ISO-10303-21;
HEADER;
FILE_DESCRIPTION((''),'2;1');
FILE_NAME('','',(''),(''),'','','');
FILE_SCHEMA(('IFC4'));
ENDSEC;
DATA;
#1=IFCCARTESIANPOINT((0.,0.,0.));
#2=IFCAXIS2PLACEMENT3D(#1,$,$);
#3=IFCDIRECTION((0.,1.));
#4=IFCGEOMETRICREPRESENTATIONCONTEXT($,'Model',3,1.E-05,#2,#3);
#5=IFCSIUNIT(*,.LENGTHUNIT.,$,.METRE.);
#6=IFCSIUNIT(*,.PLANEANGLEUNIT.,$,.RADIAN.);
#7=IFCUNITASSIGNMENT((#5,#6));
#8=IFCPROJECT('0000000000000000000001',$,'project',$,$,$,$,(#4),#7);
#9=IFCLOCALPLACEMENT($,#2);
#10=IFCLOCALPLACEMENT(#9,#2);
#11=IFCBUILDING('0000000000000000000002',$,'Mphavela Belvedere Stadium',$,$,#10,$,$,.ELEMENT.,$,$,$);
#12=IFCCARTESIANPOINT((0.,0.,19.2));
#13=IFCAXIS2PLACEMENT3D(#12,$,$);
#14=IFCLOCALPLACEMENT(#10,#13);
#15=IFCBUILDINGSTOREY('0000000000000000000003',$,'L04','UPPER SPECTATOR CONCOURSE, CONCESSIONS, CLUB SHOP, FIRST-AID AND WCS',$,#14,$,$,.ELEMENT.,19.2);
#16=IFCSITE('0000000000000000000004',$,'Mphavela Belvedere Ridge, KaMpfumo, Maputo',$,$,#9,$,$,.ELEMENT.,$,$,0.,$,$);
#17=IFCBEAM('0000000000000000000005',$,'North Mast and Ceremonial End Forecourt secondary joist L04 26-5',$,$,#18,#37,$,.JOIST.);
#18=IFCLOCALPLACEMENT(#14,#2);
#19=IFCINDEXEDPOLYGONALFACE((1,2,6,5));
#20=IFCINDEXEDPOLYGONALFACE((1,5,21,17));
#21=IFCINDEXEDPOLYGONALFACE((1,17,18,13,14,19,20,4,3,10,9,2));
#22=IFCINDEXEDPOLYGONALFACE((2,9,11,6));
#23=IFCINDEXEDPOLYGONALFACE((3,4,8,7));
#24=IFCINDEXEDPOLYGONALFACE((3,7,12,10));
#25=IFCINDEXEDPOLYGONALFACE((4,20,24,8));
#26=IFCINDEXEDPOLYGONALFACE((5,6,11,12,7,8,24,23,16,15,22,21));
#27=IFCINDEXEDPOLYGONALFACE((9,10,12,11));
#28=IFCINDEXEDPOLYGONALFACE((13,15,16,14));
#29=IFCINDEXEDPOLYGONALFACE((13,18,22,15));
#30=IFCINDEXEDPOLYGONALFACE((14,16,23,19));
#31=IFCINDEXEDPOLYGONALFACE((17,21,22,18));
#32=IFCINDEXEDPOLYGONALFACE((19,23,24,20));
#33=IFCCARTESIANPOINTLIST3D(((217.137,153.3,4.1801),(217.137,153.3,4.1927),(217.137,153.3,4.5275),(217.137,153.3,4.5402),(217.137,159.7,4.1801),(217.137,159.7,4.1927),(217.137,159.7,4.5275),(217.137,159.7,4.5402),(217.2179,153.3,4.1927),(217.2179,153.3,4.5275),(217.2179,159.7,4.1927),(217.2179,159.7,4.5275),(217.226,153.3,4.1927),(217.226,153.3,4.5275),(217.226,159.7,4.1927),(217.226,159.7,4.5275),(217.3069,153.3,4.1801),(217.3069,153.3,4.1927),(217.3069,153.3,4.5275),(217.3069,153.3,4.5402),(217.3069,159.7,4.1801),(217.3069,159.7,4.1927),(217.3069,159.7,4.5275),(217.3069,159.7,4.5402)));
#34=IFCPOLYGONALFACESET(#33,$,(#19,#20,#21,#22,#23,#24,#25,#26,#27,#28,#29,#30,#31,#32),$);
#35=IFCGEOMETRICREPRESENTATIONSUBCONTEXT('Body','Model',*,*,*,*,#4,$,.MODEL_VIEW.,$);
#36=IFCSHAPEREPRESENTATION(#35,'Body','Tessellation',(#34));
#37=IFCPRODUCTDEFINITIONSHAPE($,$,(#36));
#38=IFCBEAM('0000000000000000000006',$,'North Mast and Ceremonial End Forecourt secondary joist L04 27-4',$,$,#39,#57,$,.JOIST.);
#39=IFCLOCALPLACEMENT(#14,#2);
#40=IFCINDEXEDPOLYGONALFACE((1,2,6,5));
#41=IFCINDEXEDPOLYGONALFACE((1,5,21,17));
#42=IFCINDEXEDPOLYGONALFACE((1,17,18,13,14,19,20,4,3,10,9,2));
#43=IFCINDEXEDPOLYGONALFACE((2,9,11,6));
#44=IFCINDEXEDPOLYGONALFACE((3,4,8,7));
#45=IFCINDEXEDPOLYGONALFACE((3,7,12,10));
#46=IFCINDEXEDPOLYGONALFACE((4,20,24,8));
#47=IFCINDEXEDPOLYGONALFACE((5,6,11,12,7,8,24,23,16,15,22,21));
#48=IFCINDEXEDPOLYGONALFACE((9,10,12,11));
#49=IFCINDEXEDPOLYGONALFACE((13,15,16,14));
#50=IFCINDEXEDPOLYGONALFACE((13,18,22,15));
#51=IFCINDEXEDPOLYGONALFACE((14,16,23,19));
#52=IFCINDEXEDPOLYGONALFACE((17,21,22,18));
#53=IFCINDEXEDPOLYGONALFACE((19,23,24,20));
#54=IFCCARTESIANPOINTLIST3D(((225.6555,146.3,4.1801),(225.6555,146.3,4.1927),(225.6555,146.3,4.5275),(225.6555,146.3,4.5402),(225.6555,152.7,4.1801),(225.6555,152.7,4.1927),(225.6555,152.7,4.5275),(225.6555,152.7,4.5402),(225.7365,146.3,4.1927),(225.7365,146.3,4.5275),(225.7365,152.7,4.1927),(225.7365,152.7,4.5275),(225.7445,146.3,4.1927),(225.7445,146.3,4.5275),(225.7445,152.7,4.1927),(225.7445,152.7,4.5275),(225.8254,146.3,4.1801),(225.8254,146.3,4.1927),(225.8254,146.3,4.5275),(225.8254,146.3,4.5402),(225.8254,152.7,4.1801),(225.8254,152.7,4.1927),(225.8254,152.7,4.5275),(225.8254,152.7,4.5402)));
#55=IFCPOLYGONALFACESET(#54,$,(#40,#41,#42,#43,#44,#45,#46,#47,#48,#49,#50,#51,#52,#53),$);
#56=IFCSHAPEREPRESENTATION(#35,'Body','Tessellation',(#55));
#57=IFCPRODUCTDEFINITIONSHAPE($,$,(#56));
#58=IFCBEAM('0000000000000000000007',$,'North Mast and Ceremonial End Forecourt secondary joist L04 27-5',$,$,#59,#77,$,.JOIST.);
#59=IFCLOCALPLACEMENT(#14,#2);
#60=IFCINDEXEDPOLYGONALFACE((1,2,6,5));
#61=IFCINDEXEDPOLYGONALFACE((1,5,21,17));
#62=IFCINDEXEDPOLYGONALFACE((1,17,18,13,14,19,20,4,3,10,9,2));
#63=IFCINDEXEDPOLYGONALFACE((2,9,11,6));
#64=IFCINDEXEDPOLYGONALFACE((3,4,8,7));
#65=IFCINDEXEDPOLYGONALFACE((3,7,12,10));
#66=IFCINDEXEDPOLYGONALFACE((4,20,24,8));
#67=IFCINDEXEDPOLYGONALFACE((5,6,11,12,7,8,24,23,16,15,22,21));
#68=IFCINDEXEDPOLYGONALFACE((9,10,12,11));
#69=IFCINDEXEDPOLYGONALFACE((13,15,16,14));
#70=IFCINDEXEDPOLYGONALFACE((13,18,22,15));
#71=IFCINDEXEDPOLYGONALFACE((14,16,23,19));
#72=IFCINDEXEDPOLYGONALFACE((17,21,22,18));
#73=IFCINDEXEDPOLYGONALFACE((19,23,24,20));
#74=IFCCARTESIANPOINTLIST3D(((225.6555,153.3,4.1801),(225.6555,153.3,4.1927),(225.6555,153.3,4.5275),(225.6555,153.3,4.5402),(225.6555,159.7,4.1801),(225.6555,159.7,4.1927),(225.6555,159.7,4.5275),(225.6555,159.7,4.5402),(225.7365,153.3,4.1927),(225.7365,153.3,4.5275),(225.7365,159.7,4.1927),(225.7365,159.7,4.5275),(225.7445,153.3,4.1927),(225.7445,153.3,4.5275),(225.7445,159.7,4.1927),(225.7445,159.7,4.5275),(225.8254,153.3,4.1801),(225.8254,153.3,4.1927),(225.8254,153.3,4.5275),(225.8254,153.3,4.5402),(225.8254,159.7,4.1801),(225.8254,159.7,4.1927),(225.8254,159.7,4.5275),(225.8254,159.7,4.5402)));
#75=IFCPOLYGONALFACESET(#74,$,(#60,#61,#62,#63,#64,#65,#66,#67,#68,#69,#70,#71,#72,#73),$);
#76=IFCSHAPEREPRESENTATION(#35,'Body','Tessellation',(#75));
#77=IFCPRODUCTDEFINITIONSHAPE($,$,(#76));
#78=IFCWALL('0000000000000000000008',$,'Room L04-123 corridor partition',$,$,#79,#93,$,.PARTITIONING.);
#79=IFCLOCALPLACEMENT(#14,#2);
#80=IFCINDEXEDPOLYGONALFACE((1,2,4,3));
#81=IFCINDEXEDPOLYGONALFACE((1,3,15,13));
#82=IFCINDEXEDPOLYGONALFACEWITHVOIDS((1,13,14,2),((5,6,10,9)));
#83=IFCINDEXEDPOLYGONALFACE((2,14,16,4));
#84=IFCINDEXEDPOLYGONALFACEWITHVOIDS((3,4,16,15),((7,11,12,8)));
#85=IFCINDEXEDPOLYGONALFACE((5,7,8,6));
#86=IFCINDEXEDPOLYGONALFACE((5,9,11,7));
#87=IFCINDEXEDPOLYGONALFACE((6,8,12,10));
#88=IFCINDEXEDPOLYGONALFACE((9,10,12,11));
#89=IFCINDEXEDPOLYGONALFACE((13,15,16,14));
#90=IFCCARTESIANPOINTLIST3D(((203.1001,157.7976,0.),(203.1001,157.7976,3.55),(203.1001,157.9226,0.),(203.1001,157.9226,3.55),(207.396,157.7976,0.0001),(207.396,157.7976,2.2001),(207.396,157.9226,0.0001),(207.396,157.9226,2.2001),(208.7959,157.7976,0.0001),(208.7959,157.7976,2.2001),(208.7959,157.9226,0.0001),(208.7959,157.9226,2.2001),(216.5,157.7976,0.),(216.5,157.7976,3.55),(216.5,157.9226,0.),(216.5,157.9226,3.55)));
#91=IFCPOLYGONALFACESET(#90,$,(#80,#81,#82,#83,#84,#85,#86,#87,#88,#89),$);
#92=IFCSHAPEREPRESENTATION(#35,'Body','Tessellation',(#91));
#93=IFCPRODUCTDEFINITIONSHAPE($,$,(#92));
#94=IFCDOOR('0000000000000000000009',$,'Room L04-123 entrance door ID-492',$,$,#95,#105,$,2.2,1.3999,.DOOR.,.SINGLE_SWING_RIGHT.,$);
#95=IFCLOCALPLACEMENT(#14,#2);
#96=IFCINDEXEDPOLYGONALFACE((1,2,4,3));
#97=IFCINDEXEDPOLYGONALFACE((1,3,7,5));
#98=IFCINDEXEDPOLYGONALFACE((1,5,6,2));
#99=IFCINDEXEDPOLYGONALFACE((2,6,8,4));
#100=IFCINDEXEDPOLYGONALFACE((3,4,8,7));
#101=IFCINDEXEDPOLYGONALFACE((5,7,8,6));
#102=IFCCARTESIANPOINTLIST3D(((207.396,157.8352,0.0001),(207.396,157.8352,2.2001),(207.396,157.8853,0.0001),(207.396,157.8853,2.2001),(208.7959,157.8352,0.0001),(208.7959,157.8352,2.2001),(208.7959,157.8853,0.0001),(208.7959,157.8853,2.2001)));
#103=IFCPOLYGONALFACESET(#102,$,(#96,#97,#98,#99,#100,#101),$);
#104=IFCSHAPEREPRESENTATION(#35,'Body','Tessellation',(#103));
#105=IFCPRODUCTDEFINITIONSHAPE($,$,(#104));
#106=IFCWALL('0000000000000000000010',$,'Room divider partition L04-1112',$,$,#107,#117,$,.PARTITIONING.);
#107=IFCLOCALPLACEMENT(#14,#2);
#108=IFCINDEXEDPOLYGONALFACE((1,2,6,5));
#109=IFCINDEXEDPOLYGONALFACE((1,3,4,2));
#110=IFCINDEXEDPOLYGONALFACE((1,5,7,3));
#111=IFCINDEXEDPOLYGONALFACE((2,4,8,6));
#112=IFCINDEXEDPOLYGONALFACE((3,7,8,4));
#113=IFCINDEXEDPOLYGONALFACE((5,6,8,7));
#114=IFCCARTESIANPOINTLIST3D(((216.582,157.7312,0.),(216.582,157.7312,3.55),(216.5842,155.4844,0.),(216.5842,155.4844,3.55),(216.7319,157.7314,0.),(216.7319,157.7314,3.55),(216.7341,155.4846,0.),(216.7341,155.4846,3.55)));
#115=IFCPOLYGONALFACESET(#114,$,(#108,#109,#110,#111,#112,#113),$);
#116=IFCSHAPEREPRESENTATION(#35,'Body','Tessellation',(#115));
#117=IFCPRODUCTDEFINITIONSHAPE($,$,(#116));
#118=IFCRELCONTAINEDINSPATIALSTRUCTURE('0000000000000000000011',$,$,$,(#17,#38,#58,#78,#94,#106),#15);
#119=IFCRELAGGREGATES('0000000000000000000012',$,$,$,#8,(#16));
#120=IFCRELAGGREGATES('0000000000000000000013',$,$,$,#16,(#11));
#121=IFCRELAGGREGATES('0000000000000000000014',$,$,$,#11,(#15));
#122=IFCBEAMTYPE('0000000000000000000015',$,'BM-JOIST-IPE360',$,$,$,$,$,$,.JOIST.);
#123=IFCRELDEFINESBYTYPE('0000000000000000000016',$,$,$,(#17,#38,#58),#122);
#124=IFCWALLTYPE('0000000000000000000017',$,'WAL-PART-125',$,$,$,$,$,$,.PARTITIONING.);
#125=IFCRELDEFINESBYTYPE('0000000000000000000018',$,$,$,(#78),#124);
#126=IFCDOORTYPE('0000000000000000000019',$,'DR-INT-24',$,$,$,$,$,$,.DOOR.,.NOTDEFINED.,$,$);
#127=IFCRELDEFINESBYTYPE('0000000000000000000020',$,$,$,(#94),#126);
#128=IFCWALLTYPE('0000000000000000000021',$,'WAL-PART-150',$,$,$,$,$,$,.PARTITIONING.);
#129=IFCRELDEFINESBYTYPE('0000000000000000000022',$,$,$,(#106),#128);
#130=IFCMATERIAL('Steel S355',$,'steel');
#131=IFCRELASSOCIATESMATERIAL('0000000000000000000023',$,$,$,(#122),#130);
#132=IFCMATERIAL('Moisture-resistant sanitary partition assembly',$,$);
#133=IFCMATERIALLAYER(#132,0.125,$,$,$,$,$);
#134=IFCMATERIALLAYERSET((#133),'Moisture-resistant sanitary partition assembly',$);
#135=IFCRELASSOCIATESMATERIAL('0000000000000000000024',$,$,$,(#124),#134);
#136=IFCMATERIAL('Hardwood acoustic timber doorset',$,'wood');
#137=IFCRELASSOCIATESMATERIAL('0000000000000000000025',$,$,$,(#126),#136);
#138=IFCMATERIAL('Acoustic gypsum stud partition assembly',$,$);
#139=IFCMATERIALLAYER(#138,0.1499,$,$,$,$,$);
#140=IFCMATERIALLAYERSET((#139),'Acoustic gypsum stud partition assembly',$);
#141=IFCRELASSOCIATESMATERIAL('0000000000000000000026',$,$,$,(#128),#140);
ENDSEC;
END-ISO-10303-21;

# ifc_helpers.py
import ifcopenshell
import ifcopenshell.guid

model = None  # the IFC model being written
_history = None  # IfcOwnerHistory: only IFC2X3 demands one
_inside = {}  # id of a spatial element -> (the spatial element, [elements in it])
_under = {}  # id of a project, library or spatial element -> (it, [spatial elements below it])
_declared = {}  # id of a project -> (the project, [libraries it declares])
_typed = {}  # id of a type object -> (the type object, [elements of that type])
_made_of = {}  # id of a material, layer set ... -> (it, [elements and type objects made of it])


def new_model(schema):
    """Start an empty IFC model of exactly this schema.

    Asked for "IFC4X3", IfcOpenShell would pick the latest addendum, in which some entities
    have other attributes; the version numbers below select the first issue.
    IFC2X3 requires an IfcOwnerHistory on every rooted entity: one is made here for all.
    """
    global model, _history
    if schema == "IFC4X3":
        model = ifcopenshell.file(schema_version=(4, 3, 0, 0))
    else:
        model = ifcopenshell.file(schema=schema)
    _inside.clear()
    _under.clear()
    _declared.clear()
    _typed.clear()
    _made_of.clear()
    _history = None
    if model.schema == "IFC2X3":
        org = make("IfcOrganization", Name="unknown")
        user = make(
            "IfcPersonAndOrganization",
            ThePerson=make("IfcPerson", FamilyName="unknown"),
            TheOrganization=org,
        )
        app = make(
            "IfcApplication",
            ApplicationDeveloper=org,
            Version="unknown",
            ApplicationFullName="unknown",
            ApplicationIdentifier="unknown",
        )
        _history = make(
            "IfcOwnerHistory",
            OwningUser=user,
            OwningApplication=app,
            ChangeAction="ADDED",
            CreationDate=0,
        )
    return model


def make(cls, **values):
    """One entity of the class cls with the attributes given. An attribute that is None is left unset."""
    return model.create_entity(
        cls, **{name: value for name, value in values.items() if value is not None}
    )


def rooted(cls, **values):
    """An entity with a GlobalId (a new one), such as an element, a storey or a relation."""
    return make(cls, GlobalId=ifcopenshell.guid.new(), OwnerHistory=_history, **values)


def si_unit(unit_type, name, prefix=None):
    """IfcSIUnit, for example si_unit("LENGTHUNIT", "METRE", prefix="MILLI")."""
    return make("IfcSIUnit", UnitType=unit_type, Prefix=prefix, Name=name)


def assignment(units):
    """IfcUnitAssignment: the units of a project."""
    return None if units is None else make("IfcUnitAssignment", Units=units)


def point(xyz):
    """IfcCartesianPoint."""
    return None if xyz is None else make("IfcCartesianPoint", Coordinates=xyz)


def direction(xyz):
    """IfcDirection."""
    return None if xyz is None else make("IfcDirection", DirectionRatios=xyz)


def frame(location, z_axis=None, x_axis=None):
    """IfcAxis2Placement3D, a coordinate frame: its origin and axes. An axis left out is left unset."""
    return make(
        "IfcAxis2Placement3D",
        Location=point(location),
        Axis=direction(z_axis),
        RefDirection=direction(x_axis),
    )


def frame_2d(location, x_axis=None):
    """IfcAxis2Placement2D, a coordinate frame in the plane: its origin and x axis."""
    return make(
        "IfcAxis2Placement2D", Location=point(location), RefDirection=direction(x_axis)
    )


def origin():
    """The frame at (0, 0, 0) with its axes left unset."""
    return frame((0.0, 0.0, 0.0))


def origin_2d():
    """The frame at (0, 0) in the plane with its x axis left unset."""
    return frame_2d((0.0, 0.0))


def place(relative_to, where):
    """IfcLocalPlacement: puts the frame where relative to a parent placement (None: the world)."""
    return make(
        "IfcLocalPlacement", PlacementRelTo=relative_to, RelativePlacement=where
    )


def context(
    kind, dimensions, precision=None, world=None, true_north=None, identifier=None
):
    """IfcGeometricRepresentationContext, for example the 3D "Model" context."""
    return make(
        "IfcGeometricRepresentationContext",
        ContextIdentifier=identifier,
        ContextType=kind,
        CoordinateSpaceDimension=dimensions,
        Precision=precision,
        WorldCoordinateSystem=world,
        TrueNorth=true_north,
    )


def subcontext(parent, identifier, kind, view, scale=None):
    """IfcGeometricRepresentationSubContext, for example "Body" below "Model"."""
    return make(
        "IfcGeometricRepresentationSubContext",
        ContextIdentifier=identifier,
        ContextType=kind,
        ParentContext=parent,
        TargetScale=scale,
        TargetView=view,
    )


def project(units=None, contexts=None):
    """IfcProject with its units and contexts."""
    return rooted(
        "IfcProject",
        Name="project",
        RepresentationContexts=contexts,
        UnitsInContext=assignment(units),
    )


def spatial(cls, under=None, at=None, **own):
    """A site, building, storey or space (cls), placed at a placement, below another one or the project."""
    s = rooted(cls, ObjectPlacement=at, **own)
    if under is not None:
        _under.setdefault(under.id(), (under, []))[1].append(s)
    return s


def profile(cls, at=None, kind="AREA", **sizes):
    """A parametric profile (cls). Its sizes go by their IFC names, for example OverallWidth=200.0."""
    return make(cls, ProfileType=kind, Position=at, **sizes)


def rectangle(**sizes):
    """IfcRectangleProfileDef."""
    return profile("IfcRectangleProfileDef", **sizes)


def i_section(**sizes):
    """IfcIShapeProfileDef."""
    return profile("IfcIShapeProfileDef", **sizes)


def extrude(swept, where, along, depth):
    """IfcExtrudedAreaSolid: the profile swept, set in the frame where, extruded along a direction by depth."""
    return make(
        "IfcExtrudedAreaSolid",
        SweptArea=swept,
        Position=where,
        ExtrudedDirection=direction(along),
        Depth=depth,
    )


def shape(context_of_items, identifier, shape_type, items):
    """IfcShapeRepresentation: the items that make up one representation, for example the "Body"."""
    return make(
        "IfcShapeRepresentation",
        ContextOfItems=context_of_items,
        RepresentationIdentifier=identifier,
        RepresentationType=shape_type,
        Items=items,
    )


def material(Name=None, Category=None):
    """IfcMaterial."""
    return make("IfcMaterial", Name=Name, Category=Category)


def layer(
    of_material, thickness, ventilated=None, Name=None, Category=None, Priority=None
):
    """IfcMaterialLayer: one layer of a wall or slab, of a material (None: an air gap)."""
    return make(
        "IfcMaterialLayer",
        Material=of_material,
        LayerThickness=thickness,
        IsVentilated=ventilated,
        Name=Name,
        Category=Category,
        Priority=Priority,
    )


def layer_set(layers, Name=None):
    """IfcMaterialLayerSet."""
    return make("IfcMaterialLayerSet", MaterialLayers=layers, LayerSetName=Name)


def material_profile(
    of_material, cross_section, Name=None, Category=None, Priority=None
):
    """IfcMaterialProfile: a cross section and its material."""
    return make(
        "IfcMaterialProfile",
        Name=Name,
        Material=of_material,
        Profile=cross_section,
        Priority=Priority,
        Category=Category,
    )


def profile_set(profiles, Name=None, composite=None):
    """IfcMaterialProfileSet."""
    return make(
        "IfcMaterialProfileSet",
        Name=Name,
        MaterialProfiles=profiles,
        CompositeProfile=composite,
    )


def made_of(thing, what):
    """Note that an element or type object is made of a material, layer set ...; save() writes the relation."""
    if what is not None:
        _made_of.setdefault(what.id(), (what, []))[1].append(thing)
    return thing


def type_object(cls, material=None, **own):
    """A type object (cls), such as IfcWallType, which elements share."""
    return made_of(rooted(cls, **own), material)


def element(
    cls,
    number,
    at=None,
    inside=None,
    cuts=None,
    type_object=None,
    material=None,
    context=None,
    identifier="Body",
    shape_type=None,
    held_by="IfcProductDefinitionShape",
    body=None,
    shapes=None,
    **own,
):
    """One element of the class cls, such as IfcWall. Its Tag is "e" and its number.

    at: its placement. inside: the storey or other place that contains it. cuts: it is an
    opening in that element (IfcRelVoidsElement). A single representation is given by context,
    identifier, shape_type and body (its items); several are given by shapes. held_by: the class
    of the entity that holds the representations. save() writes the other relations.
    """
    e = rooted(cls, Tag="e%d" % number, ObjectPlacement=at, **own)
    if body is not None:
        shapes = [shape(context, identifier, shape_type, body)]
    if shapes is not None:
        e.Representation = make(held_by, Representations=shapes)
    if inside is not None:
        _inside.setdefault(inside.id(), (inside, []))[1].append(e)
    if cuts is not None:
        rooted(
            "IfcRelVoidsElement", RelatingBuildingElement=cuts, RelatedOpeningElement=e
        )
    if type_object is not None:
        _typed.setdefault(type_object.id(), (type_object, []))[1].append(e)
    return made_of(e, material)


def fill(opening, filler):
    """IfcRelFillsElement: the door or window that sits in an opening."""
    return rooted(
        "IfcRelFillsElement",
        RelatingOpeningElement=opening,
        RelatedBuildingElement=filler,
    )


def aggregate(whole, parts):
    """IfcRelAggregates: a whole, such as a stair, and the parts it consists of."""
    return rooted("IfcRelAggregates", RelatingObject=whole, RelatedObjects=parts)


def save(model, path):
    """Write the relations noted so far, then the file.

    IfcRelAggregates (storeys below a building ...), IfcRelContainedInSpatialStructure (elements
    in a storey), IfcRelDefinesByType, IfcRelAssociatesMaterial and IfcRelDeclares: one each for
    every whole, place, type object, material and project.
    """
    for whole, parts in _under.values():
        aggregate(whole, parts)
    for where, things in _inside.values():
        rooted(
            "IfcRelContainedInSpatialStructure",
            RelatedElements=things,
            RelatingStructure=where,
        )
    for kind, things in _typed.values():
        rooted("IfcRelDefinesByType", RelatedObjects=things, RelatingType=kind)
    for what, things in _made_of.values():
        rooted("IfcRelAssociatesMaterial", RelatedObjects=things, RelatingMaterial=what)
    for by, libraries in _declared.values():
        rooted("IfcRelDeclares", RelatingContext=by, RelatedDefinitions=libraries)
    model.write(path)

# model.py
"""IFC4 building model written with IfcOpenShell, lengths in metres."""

from ifc_helpers import new_model, si_unit, direction, frame, frame_2d, origin, origin_2d, place, context, subcontext, project, spatial, rectangle, i_section, extrude, material, layer, layer_set, material_profile, profile_set, type_object, element, fill, save


model = new_model("IFC4")

# Units and contexts
model_context = context("Model", 3, precision=1e-05, world=origin(), true_north=direction((0.0, 1.0)))
body_context = subcontext(model_context, "Body", "Model", "MODEL_VIEW")
ifc_project = project(units=[si_unit("LENGTHUNIT", "METRE"), si_unit("PLANEANGLEUNIT", "RADIAN")], contexts=[model_context])

# Site, building, storey
site_placement = place(None, origin())
site = spatial("IfcSite", under=ifc_project, at=site_placement, Name="Mphavela Belvedere Ridge, KaMpfumo, Maputo", CompositionType="ELEMENT", RefElevation=0.0)
building_placement = place(site_placement, origin())
building = spatial("IfcBuilding", under=site, at=building_placement, Name="Mphavela Belvedere Stadium", CompositionType="ELEMENT")
storey_placement = place(building_placement, frame((0.0, 0.0, 19.2)))
storey = spatial("IfcBuildingStorey", under=building, at=storey_placement, Name="L04", Description="UPPER SPECTATOR CONCOURSE, CONCESSIONS, CLUB SHOP, FIRST-AID AND WCS", CompositionType="ELEMENT", Elevation=19.2)

# Beams
ifc_material_1 = material(Name="Steel S355", Category="steel")
ifc_material_profile_1 = material_profile(ifc_material_1, i_section(OverallWidth=0.1699, OverallDepth=0.3601, WebThickness=0.0081, FlangeThickness=0.0127, at=origin_2d()), Name="IPE 360")
ifc_profile_set_1 = profile_set([ifc_material_profile_1], Name="Steel S355")
beam_type_1 = type_object("IfcBeamType", Name="BM-JOIST-IPE360", PredefinedType="JOIST", material=ifc_profile_set_1)
for number, where, z_axis, x_axis, name in (
    (1, (217.2219, 153.3, 4.3601), (0.0, 1.0, 0.0), (-1.0, 0.0, 0.0), "North Mast and Ceremonial End Forecourt secondary joist L04 26-5"),
    (2, (225.7405, 146.3, 4.3601), (0.0, 1.0, 0.0), (-1.0, 0.0, 0.0), "North Mast and Ceremonial End Forecourt secondary joist L04 27-4"),
    (3, (225.7405, 153.3, 4.3601), (0.0, 1.0, 0.0), (-1.0, 0.0, 0.0), "North Mast and Ceremonial End Forecourt secondary joist L04 27-5"),
):
    element("IfcBeam", number, at=place(storey_placement, frame(where, z_axis=z_axis, x_axis=x_axis)), inside=storey, type_object=beam_type_1, Name=name, PredefinedType="JOIST", context=body_context, shape_type="SweptSolid", body=[
        extrude(i_section(OverallWidth=0.1699, OverallDepth=0.3601, WebThickness=0.0081, FlangeThickness=0.0127, at=origin_2d()), origin(), (0.0, 0.0, 1.0), 6.3999),
    ])

# Wall, opening, door
ifc_material_2 = material(Name="Moisture-resistant sanitary partition assembly")
ifc_layer_1 = layer(ifc_material_2, 0.125)
ifc_layer_set_1 = layer_set([ifc_layer_1], Name="Moisture-resistant sanitary partition assembly")
wall_type_1 = type_object("IfcWallType", Name="WAL-PART-125", PredefinedType="PARTITIONING", material=ifc_layer_set_1)
wall_1_placement = place(storey_placement, frame((216.5, 157.8601, 0.0), z_axis=(0.0, 0.0, 1.0), x_axis=(-1.0, 0.0, 0.0)))
wall_1 = element("IfcWall", 4, at=wall_1_placement, inside=storey, type_object=wall_type_1, Name="Room L04-123 corridor partition", PredefinedType="PARTITIONING", context=body_context, shape_type="SweptSolid", body=[
    extrude(rectangle(XDim=13.3999, YDim=0.125, at=frame_2d((6.7, 0.0))), origin(), (0.0, 0.0, 1.0), 3.55),
])
opening_placement = place(wall_1_placement, frame((7.7041, 0.0, 0.0)))
opening = element("IfcOpeningElement", 5, at=opening_placement, cuts=wall_1, PredefinedType="OPENING", context=body_context, shape_type="SweptSolid", body=[
    extrude(rectangle(XDim=1.3999, YDim=2.2, at=frame_2d((0.7, 1.1001))), frame((0.0, 0.0725, 0.0), z_axis=(0.0, -1.0, 0.0), x_axis=(1.0, 0.0, 0.0)), (0.0, 0.0, 1.0), 0.145),
])
ifc_material_3 = material(Name="Hardwood acoustic timber doorset", Category="wood")
door_type = type_object("IfcDoorType", Name="DR-INT-24", OperationType="NOTDEFINED", PredefinedType="DOOR", material=ifc_material_3)
door_placement = place(opening_placement, origin())
door = element("IfcDoor", 6, at=door_placement, inside=storey, type_object=door_type, Name="Room L04-123 entrance door ID-492", OperationType="SINGLE_SWING_RIGHT", OverallHeight=2.2, OverallWidth=1.3999, PredefinedType="DOOR", context=body_context, shape_type="SweptSolid", body=[
    extrude(rectangle(XDim=1.3999, YDim=2.2, at=frame_2d((0.7, 1.1001))), frame((0.0, 0.0249, 0.0), z_axis=(0.0, -1.0, 0.0), x_axis=(1.0, 0.0, 0.0)), (0.0, 0.0, 1.0), 0.05),
])
fill(opening, door)

# Wall
ifc_material_4 = material(Name="Acoustic gypsum stud partition assembly")
ifc_layer_2 = layer(ifc_material_4, 0.1499)
ifc_layer_set_2 = layer_set([ifc_layer_2], Name="Acoustic gypsum stud partition assembly")
wall_type_2 = type_object("IfcWallType", Name="WAL-PART-150", PredefinedType="PARTITIONING", material=ifc_layer_set_2)
wall_2_placement = place(storey_placement, frame((216.6592, 155.4844, 0.0), z_axis=(0.0, 0.0, 1.0), x_axis=(-0.000978, 1.0, 0.0)))
element("IfcWall", 7, at=wall_2_placement, inside=storey, type_object=wall_type_2, Name="Room divider partition L04-1112", PredefinedType="PARTITIONING", context=body_context, shape_type="SweptSolid", body=[
    extrude(rectangle(XDim=2.2468, YDim=0.1499, at=frame_2d((1.1235, 0.0))), origin(), (0.0, 0.0, 1.0), 3.55),
])

save(model, "model.ifc")
